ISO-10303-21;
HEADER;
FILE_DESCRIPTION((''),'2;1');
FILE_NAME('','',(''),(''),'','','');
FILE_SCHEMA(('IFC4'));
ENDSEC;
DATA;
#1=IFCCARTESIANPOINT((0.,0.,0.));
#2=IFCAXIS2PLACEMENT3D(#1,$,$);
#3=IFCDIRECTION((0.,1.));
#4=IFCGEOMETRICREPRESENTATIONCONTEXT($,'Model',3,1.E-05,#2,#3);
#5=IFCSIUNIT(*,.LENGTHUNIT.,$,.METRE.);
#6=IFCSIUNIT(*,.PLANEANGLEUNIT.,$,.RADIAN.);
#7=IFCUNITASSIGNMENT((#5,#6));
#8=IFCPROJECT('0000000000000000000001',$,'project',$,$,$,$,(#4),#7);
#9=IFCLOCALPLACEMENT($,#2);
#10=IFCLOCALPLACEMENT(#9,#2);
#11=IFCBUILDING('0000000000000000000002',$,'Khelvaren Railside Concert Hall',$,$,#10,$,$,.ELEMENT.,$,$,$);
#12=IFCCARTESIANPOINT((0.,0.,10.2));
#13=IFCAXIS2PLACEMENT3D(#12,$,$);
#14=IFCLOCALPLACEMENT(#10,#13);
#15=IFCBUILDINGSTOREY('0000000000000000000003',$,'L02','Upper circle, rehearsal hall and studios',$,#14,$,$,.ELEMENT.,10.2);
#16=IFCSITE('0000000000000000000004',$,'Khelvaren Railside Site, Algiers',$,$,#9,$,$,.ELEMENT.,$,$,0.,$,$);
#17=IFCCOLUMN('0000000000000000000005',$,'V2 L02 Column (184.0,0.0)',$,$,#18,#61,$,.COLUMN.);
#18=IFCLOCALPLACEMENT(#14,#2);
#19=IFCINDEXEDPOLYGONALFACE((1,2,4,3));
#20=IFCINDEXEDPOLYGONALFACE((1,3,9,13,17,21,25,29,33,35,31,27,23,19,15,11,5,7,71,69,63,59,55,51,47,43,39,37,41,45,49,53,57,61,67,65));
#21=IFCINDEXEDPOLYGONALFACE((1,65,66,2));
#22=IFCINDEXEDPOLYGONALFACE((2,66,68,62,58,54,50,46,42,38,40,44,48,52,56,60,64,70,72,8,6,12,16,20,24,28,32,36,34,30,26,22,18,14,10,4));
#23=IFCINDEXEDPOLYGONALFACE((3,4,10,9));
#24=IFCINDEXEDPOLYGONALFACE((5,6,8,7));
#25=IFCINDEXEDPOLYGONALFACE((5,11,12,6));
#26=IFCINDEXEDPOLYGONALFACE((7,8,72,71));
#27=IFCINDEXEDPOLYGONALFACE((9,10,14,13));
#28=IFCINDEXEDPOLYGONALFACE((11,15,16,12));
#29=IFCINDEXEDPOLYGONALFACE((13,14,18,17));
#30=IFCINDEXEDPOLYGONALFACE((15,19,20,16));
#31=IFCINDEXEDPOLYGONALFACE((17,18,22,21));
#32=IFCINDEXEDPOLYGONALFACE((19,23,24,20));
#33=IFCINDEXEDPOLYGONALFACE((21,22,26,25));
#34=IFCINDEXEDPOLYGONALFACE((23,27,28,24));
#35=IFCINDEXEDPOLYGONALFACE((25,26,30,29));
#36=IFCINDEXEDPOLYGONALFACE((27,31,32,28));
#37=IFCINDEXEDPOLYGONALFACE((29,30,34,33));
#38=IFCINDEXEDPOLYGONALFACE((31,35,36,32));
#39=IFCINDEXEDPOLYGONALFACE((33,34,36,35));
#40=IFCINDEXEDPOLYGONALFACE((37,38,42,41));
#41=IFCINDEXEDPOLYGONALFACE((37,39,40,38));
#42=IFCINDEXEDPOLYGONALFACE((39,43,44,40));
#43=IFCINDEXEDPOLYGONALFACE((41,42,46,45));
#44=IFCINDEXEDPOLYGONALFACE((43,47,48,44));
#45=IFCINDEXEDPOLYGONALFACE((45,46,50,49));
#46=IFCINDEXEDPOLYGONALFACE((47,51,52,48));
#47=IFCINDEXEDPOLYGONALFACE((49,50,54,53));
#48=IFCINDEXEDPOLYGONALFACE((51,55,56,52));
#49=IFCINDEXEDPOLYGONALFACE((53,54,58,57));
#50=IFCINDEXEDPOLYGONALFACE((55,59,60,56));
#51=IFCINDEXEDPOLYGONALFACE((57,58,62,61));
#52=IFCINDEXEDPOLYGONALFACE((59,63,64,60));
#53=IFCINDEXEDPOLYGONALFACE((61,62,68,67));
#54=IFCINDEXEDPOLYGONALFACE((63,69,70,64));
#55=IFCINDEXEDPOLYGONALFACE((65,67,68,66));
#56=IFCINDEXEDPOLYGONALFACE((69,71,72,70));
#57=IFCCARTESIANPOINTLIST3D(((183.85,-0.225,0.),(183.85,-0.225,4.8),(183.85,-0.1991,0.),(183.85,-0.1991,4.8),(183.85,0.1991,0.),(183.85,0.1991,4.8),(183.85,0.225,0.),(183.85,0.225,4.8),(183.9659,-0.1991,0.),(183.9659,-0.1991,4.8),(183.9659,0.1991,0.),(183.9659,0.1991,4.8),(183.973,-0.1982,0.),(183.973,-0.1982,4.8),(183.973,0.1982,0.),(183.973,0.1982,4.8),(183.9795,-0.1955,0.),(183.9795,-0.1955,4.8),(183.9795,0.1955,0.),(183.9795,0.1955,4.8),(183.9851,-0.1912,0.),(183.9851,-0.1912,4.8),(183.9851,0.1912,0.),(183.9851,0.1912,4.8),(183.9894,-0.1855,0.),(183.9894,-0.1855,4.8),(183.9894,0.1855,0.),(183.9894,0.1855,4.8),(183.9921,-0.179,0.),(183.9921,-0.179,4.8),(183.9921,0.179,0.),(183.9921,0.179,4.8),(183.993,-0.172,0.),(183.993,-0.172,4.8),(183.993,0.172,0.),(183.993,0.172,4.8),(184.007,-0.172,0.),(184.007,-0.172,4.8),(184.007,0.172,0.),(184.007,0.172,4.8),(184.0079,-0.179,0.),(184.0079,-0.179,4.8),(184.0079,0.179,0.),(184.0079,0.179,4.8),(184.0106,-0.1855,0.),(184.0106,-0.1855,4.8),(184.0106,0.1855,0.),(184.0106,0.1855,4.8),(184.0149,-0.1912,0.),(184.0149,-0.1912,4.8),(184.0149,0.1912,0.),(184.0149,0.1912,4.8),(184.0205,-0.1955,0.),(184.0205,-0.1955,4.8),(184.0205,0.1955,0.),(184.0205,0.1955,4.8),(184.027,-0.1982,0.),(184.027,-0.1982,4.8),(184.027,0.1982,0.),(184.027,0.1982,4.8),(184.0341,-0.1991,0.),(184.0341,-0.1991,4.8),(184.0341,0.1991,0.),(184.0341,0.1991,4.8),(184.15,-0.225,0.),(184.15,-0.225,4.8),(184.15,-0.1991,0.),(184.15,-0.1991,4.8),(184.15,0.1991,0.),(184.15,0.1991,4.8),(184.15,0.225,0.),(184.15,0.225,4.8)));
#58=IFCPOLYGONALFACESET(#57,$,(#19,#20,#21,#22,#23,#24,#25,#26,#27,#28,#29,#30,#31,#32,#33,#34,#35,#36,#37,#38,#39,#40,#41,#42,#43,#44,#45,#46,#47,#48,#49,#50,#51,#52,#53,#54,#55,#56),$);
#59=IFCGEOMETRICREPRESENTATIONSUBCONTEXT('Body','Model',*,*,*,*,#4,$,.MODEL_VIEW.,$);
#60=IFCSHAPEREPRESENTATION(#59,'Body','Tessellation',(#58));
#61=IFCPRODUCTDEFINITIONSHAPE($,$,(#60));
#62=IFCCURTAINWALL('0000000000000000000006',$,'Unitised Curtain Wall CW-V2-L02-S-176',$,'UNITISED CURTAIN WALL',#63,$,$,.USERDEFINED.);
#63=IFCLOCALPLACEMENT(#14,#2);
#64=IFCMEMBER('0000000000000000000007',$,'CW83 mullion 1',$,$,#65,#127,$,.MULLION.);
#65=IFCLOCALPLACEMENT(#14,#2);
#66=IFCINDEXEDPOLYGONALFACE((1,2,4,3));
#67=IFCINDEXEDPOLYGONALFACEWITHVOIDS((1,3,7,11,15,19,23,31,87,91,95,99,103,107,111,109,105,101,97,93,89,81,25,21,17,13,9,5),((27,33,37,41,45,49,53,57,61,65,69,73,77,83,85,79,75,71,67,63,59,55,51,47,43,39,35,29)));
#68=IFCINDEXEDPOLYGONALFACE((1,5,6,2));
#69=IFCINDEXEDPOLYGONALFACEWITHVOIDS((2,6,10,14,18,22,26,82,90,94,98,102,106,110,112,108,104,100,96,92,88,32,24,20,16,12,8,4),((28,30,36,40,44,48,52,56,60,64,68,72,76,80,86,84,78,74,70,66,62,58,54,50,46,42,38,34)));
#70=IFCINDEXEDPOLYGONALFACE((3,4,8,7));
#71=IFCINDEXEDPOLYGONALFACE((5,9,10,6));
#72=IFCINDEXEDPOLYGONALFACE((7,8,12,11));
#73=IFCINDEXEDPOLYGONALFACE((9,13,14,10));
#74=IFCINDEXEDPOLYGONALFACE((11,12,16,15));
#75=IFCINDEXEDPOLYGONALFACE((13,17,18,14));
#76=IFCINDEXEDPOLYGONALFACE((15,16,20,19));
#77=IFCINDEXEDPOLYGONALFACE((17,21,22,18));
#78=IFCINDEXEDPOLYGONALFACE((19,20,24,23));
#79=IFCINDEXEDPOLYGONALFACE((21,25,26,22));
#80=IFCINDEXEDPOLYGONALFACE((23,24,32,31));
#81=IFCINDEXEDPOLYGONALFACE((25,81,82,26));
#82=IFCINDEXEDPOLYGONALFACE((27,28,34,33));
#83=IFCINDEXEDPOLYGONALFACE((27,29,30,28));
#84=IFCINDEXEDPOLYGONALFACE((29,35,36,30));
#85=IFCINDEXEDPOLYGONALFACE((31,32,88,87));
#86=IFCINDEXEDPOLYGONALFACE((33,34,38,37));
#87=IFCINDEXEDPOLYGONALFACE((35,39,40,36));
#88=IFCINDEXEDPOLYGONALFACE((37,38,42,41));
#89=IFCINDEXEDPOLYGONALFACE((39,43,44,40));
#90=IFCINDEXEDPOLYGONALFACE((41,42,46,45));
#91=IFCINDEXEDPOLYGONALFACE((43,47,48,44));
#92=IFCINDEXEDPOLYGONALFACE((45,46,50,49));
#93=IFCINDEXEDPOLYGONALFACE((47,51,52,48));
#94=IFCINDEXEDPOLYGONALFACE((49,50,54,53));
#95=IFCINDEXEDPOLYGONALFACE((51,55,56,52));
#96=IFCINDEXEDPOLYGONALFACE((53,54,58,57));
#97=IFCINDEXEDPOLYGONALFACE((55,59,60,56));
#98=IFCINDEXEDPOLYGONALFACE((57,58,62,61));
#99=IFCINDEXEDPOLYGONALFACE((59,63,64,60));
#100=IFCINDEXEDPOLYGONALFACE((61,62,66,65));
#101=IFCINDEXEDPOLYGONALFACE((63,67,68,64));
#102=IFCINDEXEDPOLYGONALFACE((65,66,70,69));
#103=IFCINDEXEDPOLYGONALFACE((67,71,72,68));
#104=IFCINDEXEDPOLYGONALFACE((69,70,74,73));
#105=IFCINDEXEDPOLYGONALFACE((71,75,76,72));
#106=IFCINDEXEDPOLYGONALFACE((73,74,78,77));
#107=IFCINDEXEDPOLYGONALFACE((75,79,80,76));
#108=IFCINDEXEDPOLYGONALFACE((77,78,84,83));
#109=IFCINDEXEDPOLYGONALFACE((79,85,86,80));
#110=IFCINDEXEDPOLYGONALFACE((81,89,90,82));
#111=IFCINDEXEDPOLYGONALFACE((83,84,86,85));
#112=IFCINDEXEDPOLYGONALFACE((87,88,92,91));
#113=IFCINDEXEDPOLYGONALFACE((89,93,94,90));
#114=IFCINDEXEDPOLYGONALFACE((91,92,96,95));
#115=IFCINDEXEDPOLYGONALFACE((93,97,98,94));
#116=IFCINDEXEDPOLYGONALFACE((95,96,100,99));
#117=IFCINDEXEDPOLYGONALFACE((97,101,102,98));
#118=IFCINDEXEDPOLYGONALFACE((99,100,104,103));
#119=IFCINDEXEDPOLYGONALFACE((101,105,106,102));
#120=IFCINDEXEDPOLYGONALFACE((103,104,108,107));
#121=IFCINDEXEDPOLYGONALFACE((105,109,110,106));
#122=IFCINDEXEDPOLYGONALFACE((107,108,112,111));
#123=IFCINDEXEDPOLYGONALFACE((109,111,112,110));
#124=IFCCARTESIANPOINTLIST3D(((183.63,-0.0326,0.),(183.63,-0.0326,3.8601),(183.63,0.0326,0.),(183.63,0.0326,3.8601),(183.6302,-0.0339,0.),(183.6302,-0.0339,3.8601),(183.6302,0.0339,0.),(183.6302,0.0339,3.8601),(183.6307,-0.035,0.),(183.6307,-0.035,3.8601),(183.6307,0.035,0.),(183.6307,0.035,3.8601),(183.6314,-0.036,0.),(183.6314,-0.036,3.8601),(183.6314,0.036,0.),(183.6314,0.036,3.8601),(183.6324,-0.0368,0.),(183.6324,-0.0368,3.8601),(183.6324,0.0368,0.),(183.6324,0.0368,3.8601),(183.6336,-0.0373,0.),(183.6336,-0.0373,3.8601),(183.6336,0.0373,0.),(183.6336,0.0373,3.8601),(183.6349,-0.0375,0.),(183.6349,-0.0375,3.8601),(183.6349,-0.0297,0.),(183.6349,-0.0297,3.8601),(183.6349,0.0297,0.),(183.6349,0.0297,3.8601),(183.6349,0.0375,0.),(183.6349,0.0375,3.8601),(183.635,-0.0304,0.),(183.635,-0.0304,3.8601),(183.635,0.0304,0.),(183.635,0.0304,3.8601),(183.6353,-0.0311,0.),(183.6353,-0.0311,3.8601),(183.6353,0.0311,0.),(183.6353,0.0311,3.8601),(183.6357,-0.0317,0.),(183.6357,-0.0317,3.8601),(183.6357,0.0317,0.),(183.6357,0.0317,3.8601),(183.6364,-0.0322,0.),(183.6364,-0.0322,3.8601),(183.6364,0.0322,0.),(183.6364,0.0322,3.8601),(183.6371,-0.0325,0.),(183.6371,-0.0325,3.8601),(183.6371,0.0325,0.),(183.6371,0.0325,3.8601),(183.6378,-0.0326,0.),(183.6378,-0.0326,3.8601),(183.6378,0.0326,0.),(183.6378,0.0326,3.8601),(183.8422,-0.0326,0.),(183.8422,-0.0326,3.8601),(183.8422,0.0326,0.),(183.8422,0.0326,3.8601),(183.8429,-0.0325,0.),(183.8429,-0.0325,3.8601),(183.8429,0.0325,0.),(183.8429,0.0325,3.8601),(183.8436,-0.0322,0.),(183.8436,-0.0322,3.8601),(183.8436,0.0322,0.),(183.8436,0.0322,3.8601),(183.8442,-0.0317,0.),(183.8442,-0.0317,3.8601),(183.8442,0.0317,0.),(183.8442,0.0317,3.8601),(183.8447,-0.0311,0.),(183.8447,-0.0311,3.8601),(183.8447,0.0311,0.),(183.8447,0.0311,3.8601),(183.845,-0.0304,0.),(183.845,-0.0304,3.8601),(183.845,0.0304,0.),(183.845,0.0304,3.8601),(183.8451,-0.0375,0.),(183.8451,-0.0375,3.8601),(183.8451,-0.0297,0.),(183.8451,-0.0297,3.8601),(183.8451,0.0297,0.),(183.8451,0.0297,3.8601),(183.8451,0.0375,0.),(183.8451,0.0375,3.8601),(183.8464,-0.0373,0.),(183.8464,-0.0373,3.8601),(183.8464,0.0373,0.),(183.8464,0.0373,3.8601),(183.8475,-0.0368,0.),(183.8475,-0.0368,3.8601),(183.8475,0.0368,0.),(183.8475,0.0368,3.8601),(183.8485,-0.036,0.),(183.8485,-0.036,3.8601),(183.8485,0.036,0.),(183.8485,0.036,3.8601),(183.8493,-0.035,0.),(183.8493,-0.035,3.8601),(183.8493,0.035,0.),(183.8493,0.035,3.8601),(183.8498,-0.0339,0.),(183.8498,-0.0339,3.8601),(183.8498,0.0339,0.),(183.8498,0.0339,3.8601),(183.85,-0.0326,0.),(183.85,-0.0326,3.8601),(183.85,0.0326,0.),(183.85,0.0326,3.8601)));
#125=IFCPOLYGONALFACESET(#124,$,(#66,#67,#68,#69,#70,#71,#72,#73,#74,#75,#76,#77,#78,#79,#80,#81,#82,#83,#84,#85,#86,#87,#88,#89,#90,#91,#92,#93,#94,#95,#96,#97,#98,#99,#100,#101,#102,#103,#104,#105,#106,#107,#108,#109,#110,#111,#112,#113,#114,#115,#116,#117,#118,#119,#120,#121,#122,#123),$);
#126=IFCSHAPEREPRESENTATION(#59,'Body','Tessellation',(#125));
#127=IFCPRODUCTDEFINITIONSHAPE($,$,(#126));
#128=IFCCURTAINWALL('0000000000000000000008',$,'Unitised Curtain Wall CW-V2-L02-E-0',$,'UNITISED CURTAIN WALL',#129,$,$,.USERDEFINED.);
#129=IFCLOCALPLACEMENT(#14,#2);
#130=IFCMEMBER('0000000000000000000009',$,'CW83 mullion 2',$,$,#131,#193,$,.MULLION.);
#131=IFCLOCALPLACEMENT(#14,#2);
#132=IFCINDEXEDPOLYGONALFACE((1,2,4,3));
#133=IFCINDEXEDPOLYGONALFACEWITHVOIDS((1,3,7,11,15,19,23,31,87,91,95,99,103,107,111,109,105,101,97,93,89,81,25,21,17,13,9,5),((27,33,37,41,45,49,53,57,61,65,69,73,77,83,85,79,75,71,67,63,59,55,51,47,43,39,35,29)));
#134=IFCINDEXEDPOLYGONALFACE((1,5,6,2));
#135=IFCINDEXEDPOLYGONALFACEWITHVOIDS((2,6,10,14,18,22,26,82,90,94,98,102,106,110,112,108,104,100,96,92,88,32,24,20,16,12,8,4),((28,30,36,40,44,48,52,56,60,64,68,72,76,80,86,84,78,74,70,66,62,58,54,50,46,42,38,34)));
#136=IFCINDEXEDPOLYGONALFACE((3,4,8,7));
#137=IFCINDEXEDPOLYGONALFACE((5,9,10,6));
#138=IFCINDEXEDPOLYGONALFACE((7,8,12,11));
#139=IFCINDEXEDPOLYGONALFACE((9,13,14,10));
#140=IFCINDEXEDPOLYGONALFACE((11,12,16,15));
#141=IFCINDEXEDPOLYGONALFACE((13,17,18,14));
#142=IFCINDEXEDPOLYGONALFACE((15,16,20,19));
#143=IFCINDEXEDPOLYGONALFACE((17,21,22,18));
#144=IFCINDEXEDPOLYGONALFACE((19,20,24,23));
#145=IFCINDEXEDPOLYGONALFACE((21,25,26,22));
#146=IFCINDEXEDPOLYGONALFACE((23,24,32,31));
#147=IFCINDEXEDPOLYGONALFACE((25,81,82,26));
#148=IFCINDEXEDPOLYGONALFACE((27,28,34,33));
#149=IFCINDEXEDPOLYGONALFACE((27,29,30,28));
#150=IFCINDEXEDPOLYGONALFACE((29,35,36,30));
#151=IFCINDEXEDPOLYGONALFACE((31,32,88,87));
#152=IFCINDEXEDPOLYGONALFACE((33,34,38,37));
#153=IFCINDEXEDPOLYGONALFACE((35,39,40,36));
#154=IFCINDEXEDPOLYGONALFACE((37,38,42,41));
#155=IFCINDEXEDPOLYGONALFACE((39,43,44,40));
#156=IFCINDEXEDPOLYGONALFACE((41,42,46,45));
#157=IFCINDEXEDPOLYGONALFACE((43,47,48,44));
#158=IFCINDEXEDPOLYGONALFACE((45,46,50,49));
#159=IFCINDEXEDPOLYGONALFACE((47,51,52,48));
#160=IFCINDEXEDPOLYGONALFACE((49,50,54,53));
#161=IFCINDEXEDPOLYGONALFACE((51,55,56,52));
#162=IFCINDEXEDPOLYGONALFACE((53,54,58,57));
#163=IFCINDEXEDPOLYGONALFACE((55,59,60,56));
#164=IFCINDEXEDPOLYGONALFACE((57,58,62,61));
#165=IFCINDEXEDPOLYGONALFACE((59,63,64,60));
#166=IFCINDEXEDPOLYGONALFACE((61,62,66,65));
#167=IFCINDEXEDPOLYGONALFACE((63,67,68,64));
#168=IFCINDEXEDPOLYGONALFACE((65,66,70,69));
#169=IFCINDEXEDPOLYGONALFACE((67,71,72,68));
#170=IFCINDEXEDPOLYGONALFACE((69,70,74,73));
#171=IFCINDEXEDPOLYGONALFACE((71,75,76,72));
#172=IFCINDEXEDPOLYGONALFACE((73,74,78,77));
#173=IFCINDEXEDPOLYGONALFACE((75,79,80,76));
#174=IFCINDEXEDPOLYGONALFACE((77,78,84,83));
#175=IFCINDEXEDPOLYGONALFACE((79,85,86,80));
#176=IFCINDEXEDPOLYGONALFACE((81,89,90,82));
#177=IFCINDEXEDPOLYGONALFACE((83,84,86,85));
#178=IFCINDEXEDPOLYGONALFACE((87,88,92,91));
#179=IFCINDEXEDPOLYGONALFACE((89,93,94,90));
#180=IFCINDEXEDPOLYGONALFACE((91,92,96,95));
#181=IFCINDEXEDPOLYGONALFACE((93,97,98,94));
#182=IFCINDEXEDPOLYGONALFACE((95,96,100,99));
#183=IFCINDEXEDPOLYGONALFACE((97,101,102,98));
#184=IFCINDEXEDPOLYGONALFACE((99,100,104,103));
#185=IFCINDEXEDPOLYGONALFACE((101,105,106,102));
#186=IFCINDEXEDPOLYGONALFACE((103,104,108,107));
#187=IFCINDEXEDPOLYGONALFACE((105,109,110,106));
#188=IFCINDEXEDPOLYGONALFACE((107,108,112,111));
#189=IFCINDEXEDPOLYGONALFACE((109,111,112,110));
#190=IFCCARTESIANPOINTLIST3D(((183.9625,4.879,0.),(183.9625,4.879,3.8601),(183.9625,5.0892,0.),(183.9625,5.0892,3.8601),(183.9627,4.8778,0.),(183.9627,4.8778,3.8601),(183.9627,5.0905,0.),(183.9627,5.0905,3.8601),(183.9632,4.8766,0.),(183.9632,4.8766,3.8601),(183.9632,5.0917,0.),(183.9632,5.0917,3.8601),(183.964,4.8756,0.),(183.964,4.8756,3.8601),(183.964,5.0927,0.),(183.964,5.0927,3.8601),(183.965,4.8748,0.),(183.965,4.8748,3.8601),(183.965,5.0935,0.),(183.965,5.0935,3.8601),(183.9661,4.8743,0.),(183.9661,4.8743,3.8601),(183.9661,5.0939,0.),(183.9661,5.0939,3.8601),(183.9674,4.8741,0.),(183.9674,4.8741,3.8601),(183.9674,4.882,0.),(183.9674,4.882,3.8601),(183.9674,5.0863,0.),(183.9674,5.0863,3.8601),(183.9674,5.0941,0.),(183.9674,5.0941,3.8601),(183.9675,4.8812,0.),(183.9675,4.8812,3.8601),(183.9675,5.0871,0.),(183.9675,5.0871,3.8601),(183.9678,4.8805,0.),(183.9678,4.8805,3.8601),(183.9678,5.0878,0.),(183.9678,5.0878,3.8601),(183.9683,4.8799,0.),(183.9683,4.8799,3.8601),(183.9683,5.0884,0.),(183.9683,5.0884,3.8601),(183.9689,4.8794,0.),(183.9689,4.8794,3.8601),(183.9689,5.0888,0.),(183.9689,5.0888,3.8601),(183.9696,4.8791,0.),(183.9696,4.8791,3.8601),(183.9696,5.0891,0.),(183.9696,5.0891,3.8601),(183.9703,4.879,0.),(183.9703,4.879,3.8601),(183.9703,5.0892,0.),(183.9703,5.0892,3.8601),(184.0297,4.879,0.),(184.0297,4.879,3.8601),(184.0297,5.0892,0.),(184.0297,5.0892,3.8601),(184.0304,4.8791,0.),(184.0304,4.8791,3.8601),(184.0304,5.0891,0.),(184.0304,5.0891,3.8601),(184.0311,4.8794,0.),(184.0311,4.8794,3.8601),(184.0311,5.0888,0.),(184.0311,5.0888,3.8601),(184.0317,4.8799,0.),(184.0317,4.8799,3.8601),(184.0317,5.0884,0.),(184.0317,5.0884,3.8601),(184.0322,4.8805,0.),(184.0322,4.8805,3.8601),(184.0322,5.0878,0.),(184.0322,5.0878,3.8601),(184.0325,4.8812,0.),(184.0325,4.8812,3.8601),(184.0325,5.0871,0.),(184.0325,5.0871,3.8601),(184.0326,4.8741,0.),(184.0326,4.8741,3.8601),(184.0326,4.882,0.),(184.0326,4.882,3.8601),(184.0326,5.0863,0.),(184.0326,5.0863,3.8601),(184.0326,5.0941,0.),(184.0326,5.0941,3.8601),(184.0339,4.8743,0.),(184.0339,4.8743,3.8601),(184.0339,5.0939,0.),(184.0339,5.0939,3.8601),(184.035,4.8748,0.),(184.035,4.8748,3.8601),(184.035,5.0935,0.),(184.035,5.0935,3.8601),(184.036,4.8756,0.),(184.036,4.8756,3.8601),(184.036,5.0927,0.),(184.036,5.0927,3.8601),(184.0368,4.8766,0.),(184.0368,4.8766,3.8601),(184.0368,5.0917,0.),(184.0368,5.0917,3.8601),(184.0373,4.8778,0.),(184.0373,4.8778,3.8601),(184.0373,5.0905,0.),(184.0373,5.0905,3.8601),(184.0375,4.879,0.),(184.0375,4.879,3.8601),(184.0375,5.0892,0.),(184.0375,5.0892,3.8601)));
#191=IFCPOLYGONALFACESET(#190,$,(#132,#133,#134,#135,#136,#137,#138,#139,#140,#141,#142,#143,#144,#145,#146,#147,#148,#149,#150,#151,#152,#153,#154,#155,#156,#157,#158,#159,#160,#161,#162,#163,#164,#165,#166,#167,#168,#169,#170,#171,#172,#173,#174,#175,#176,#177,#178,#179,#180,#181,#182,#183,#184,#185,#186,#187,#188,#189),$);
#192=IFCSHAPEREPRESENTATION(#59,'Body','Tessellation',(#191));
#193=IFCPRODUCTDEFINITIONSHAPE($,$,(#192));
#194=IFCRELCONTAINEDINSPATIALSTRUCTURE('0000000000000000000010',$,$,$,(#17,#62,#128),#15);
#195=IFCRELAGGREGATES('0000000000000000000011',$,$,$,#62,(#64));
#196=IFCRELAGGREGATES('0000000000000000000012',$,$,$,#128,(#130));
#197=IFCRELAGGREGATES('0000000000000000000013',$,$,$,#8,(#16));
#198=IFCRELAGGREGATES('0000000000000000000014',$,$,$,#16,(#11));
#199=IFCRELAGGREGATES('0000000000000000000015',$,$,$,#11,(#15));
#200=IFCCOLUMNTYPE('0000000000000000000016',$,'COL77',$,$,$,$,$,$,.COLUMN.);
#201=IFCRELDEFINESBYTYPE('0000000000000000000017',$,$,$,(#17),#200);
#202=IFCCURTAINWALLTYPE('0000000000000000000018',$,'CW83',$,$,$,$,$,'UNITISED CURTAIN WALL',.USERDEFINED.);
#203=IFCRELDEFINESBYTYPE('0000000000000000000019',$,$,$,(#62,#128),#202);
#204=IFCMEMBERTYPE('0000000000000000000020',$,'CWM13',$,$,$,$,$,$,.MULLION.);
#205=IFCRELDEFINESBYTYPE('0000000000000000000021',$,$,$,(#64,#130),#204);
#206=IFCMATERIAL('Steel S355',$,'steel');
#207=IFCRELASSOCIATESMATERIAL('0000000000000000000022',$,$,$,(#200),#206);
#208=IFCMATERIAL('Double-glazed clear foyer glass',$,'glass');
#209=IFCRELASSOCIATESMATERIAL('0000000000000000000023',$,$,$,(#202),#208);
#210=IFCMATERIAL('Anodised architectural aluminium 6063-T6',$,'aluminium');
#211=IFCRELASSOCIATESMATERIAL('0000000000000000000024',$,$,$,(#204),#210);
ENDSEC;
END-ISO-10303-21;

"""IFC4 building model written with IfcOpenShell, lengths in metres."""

from ifc_helpers import new_model, si_unit, direction, frame, origin, origin_2d, place, context, subcontext, project, spatial, hollow_rectangle, i_section, extrude, material, material_profile, profile_set, type_object, element, aggregate, save


model = new_model("IFC4")

# Units and contexts
model_context = context("Model", 3, precision=1e-05, world=origin(), true_north=direction((0.0, 1.0)))
body_context = subcontext(model_context, "Body", "Model", "MODEL_VIEW")
ifc_project = project(units=[si_unit("LENGTHUNIT", "METRE"), si_unit("PLANEANGLEUNIT", "RADIAN")], contexts=[model_context])

# Site, building, storey
site_placement = place(None, origin())
site = spatial("IfcSite", under=ifc_project, at=site_placement, Name="Khelvaren Railside Site, Algiers", CompositionType="ELEMENT", RefElevation=0.0)
building_placement = place(site_placement, origin())
building = spatial("IfcBuilding", under=site, at=building_placement, Name="Khelvaren Railside Concert Hall", CompositionType="ELEMENT")
storey_placement = place(building_placement, frame((0.0, 0.0, 10.2)))
storey = spatial("IfcBuildingStorey", under=building, at=storey_placement, Name="L02", Description="Upper circle, rehearsal hall and studios", CompositionType="ELEMENT", Elevation=10.2)

# Column
ifc_material_1 = material(Name="Steel S355", Category="steel")
ifc_material_profile_1 = material_profile(ifc_material_1, i_section(OverallWidth=0.3, OverallDepth=0.45, WebThickness=0.0139, FlangeThickness=0.0259, FilletRadius=0.0271, at=origin_2d()), Name="HEB 450")
ifc_profile_set_1 = profile_set([ifc_material_profile_1], Name="Steel S355")
column_type = type_object("IfcColumnType", Name="COL77", PredefinedType="COLUMN", material=ifc_profile_set_1)
column_placement = place(storey_placement, frame((184.0, 0.0, 0.0), z_axis=(0.0, 0.0, 1.0), x_axis=(1.0, 0.0, 0.0)))
element("IfcColumn", 1, at=column_placement, inside=storey, type_object=column_type, Name="V2 L02 Column (184.0,0.0)", PredefinedType="COLUMN", context=body_context, shape_type="SweptSolid", body=[
    extrude(i_section(OverallWidth=0.3, OverallDepth=0.45, WebThickness=0.0139, FlangeThickness=0.0259, FilletRadius=0.0271, at=origin_2d()), origin(), (0.0, 0.0, 1.0), 4.8),
])

# Curtain wall, member
ifc_material_2 = material(Name="Double-glazed clear foyer glass", Category="glass")
curtain_wall_type = type_object("IfcCurtainWallType", Name="CW83", ElementType="UNITISED CURTAIN WALL", PredefinedType="USERDEFINED", material=ifc_material_2)
curtain_wall_1_placement = place(storey_placement, origin())
curtain_wall_1 = element("IfcCurtainWall", 2, at=curtain_wall_1_placement, inside=storey, type_object=curtain_wall_type, Name="Unitised Curtain Wall CW-V2-L02-S-176", ObjectType="UNITISED CURTAIN WALL", PredefinedType="USERDEFINED")
ifc_material_3 = material(Name="Anodised architectural aluminium 6063-T6", Category="aluminium")
ifc_material_profile_2 = material_profile(ifc_material_3, hollow_rectangle(XDim=0.075, YDim=0.22, WallThickness=0.0049, InnerFilletRadius=0.0029, OuterFilletRadius=0.0049, at=origin_2d()), Name="CWM 75x220x5")
ifc_profile_set_2 = profile_set([ifc_material_profile_2], Name="Anodised architectural aluminium 6063-T6")
member_type_1 = type_object("IfcMemberType", Name="CWM13", PredefinedType="MULLION", material=ifc_profile_set_2)
member_1_placement = place(storey_placement, frame((183.74, 0.0, 0.0), z_axis=(0.0, 0.0, 1.0), x_axis=(0.0, -1.0, 0.0)))
member_1 = element("IfcMember", 3, at=member_1_placement, type_object=member_type_1, Name="CW83 mullion 1", PredefinedType="MULLION", context=body_context, shape_type="SweptSolid", body=[
    extrude(hollow_rectangle(XDim=0.075, YDim=0.22, WallThickness=0.0049, InnerFilletRadius=0.0029, OuterFilletRadius=0.0049, at=origin_2d()), origin(), (0.0, 0.0, 1.0), 3.8601),
])

# Curtain wall, member
curtain_wall_2_placement = place(storey_placement, origin())
curtain_wall_2 = element("IfcCurtainWall", 4, at=curtain_wall_2_placement, inside=storey, type_object=curtain_wall_type, Name="Unitised Curtain Wall CW-V2-L02-E-0", ObjectType="UNITISED CURTAIN WALL", PredefinedType="USERDEFINED")
member_2_placement = place(storey_placement, frame((184.0, 4.9841, 0.0), z_axis=(0.0, 0.0, 1.0), x_axis=(1.0, 0.0, 0.0)))
member_2 = element("IfcMember", 5, at=member_2_placement, type_object=member_type_1, Name="CW83 mullion 2", PredefinedType="MULLION", context=body_context, shape_type="SweptSolid", body=[
    extrude(hollow_rectangle(XDim=0.075, YDim=0.22, WallThickness=0.0049, InnerFilletRadius=0.0029, OuterFilletRadius=0.0049, at=origin_2d()), origin(), (0.0, 0.0, 1.0), 3.8601),
])

aggregate(curtain_wall_1, [member_1])

aggregate(curtain_wall_2, [member_2])

save(model, "model.ifc")
